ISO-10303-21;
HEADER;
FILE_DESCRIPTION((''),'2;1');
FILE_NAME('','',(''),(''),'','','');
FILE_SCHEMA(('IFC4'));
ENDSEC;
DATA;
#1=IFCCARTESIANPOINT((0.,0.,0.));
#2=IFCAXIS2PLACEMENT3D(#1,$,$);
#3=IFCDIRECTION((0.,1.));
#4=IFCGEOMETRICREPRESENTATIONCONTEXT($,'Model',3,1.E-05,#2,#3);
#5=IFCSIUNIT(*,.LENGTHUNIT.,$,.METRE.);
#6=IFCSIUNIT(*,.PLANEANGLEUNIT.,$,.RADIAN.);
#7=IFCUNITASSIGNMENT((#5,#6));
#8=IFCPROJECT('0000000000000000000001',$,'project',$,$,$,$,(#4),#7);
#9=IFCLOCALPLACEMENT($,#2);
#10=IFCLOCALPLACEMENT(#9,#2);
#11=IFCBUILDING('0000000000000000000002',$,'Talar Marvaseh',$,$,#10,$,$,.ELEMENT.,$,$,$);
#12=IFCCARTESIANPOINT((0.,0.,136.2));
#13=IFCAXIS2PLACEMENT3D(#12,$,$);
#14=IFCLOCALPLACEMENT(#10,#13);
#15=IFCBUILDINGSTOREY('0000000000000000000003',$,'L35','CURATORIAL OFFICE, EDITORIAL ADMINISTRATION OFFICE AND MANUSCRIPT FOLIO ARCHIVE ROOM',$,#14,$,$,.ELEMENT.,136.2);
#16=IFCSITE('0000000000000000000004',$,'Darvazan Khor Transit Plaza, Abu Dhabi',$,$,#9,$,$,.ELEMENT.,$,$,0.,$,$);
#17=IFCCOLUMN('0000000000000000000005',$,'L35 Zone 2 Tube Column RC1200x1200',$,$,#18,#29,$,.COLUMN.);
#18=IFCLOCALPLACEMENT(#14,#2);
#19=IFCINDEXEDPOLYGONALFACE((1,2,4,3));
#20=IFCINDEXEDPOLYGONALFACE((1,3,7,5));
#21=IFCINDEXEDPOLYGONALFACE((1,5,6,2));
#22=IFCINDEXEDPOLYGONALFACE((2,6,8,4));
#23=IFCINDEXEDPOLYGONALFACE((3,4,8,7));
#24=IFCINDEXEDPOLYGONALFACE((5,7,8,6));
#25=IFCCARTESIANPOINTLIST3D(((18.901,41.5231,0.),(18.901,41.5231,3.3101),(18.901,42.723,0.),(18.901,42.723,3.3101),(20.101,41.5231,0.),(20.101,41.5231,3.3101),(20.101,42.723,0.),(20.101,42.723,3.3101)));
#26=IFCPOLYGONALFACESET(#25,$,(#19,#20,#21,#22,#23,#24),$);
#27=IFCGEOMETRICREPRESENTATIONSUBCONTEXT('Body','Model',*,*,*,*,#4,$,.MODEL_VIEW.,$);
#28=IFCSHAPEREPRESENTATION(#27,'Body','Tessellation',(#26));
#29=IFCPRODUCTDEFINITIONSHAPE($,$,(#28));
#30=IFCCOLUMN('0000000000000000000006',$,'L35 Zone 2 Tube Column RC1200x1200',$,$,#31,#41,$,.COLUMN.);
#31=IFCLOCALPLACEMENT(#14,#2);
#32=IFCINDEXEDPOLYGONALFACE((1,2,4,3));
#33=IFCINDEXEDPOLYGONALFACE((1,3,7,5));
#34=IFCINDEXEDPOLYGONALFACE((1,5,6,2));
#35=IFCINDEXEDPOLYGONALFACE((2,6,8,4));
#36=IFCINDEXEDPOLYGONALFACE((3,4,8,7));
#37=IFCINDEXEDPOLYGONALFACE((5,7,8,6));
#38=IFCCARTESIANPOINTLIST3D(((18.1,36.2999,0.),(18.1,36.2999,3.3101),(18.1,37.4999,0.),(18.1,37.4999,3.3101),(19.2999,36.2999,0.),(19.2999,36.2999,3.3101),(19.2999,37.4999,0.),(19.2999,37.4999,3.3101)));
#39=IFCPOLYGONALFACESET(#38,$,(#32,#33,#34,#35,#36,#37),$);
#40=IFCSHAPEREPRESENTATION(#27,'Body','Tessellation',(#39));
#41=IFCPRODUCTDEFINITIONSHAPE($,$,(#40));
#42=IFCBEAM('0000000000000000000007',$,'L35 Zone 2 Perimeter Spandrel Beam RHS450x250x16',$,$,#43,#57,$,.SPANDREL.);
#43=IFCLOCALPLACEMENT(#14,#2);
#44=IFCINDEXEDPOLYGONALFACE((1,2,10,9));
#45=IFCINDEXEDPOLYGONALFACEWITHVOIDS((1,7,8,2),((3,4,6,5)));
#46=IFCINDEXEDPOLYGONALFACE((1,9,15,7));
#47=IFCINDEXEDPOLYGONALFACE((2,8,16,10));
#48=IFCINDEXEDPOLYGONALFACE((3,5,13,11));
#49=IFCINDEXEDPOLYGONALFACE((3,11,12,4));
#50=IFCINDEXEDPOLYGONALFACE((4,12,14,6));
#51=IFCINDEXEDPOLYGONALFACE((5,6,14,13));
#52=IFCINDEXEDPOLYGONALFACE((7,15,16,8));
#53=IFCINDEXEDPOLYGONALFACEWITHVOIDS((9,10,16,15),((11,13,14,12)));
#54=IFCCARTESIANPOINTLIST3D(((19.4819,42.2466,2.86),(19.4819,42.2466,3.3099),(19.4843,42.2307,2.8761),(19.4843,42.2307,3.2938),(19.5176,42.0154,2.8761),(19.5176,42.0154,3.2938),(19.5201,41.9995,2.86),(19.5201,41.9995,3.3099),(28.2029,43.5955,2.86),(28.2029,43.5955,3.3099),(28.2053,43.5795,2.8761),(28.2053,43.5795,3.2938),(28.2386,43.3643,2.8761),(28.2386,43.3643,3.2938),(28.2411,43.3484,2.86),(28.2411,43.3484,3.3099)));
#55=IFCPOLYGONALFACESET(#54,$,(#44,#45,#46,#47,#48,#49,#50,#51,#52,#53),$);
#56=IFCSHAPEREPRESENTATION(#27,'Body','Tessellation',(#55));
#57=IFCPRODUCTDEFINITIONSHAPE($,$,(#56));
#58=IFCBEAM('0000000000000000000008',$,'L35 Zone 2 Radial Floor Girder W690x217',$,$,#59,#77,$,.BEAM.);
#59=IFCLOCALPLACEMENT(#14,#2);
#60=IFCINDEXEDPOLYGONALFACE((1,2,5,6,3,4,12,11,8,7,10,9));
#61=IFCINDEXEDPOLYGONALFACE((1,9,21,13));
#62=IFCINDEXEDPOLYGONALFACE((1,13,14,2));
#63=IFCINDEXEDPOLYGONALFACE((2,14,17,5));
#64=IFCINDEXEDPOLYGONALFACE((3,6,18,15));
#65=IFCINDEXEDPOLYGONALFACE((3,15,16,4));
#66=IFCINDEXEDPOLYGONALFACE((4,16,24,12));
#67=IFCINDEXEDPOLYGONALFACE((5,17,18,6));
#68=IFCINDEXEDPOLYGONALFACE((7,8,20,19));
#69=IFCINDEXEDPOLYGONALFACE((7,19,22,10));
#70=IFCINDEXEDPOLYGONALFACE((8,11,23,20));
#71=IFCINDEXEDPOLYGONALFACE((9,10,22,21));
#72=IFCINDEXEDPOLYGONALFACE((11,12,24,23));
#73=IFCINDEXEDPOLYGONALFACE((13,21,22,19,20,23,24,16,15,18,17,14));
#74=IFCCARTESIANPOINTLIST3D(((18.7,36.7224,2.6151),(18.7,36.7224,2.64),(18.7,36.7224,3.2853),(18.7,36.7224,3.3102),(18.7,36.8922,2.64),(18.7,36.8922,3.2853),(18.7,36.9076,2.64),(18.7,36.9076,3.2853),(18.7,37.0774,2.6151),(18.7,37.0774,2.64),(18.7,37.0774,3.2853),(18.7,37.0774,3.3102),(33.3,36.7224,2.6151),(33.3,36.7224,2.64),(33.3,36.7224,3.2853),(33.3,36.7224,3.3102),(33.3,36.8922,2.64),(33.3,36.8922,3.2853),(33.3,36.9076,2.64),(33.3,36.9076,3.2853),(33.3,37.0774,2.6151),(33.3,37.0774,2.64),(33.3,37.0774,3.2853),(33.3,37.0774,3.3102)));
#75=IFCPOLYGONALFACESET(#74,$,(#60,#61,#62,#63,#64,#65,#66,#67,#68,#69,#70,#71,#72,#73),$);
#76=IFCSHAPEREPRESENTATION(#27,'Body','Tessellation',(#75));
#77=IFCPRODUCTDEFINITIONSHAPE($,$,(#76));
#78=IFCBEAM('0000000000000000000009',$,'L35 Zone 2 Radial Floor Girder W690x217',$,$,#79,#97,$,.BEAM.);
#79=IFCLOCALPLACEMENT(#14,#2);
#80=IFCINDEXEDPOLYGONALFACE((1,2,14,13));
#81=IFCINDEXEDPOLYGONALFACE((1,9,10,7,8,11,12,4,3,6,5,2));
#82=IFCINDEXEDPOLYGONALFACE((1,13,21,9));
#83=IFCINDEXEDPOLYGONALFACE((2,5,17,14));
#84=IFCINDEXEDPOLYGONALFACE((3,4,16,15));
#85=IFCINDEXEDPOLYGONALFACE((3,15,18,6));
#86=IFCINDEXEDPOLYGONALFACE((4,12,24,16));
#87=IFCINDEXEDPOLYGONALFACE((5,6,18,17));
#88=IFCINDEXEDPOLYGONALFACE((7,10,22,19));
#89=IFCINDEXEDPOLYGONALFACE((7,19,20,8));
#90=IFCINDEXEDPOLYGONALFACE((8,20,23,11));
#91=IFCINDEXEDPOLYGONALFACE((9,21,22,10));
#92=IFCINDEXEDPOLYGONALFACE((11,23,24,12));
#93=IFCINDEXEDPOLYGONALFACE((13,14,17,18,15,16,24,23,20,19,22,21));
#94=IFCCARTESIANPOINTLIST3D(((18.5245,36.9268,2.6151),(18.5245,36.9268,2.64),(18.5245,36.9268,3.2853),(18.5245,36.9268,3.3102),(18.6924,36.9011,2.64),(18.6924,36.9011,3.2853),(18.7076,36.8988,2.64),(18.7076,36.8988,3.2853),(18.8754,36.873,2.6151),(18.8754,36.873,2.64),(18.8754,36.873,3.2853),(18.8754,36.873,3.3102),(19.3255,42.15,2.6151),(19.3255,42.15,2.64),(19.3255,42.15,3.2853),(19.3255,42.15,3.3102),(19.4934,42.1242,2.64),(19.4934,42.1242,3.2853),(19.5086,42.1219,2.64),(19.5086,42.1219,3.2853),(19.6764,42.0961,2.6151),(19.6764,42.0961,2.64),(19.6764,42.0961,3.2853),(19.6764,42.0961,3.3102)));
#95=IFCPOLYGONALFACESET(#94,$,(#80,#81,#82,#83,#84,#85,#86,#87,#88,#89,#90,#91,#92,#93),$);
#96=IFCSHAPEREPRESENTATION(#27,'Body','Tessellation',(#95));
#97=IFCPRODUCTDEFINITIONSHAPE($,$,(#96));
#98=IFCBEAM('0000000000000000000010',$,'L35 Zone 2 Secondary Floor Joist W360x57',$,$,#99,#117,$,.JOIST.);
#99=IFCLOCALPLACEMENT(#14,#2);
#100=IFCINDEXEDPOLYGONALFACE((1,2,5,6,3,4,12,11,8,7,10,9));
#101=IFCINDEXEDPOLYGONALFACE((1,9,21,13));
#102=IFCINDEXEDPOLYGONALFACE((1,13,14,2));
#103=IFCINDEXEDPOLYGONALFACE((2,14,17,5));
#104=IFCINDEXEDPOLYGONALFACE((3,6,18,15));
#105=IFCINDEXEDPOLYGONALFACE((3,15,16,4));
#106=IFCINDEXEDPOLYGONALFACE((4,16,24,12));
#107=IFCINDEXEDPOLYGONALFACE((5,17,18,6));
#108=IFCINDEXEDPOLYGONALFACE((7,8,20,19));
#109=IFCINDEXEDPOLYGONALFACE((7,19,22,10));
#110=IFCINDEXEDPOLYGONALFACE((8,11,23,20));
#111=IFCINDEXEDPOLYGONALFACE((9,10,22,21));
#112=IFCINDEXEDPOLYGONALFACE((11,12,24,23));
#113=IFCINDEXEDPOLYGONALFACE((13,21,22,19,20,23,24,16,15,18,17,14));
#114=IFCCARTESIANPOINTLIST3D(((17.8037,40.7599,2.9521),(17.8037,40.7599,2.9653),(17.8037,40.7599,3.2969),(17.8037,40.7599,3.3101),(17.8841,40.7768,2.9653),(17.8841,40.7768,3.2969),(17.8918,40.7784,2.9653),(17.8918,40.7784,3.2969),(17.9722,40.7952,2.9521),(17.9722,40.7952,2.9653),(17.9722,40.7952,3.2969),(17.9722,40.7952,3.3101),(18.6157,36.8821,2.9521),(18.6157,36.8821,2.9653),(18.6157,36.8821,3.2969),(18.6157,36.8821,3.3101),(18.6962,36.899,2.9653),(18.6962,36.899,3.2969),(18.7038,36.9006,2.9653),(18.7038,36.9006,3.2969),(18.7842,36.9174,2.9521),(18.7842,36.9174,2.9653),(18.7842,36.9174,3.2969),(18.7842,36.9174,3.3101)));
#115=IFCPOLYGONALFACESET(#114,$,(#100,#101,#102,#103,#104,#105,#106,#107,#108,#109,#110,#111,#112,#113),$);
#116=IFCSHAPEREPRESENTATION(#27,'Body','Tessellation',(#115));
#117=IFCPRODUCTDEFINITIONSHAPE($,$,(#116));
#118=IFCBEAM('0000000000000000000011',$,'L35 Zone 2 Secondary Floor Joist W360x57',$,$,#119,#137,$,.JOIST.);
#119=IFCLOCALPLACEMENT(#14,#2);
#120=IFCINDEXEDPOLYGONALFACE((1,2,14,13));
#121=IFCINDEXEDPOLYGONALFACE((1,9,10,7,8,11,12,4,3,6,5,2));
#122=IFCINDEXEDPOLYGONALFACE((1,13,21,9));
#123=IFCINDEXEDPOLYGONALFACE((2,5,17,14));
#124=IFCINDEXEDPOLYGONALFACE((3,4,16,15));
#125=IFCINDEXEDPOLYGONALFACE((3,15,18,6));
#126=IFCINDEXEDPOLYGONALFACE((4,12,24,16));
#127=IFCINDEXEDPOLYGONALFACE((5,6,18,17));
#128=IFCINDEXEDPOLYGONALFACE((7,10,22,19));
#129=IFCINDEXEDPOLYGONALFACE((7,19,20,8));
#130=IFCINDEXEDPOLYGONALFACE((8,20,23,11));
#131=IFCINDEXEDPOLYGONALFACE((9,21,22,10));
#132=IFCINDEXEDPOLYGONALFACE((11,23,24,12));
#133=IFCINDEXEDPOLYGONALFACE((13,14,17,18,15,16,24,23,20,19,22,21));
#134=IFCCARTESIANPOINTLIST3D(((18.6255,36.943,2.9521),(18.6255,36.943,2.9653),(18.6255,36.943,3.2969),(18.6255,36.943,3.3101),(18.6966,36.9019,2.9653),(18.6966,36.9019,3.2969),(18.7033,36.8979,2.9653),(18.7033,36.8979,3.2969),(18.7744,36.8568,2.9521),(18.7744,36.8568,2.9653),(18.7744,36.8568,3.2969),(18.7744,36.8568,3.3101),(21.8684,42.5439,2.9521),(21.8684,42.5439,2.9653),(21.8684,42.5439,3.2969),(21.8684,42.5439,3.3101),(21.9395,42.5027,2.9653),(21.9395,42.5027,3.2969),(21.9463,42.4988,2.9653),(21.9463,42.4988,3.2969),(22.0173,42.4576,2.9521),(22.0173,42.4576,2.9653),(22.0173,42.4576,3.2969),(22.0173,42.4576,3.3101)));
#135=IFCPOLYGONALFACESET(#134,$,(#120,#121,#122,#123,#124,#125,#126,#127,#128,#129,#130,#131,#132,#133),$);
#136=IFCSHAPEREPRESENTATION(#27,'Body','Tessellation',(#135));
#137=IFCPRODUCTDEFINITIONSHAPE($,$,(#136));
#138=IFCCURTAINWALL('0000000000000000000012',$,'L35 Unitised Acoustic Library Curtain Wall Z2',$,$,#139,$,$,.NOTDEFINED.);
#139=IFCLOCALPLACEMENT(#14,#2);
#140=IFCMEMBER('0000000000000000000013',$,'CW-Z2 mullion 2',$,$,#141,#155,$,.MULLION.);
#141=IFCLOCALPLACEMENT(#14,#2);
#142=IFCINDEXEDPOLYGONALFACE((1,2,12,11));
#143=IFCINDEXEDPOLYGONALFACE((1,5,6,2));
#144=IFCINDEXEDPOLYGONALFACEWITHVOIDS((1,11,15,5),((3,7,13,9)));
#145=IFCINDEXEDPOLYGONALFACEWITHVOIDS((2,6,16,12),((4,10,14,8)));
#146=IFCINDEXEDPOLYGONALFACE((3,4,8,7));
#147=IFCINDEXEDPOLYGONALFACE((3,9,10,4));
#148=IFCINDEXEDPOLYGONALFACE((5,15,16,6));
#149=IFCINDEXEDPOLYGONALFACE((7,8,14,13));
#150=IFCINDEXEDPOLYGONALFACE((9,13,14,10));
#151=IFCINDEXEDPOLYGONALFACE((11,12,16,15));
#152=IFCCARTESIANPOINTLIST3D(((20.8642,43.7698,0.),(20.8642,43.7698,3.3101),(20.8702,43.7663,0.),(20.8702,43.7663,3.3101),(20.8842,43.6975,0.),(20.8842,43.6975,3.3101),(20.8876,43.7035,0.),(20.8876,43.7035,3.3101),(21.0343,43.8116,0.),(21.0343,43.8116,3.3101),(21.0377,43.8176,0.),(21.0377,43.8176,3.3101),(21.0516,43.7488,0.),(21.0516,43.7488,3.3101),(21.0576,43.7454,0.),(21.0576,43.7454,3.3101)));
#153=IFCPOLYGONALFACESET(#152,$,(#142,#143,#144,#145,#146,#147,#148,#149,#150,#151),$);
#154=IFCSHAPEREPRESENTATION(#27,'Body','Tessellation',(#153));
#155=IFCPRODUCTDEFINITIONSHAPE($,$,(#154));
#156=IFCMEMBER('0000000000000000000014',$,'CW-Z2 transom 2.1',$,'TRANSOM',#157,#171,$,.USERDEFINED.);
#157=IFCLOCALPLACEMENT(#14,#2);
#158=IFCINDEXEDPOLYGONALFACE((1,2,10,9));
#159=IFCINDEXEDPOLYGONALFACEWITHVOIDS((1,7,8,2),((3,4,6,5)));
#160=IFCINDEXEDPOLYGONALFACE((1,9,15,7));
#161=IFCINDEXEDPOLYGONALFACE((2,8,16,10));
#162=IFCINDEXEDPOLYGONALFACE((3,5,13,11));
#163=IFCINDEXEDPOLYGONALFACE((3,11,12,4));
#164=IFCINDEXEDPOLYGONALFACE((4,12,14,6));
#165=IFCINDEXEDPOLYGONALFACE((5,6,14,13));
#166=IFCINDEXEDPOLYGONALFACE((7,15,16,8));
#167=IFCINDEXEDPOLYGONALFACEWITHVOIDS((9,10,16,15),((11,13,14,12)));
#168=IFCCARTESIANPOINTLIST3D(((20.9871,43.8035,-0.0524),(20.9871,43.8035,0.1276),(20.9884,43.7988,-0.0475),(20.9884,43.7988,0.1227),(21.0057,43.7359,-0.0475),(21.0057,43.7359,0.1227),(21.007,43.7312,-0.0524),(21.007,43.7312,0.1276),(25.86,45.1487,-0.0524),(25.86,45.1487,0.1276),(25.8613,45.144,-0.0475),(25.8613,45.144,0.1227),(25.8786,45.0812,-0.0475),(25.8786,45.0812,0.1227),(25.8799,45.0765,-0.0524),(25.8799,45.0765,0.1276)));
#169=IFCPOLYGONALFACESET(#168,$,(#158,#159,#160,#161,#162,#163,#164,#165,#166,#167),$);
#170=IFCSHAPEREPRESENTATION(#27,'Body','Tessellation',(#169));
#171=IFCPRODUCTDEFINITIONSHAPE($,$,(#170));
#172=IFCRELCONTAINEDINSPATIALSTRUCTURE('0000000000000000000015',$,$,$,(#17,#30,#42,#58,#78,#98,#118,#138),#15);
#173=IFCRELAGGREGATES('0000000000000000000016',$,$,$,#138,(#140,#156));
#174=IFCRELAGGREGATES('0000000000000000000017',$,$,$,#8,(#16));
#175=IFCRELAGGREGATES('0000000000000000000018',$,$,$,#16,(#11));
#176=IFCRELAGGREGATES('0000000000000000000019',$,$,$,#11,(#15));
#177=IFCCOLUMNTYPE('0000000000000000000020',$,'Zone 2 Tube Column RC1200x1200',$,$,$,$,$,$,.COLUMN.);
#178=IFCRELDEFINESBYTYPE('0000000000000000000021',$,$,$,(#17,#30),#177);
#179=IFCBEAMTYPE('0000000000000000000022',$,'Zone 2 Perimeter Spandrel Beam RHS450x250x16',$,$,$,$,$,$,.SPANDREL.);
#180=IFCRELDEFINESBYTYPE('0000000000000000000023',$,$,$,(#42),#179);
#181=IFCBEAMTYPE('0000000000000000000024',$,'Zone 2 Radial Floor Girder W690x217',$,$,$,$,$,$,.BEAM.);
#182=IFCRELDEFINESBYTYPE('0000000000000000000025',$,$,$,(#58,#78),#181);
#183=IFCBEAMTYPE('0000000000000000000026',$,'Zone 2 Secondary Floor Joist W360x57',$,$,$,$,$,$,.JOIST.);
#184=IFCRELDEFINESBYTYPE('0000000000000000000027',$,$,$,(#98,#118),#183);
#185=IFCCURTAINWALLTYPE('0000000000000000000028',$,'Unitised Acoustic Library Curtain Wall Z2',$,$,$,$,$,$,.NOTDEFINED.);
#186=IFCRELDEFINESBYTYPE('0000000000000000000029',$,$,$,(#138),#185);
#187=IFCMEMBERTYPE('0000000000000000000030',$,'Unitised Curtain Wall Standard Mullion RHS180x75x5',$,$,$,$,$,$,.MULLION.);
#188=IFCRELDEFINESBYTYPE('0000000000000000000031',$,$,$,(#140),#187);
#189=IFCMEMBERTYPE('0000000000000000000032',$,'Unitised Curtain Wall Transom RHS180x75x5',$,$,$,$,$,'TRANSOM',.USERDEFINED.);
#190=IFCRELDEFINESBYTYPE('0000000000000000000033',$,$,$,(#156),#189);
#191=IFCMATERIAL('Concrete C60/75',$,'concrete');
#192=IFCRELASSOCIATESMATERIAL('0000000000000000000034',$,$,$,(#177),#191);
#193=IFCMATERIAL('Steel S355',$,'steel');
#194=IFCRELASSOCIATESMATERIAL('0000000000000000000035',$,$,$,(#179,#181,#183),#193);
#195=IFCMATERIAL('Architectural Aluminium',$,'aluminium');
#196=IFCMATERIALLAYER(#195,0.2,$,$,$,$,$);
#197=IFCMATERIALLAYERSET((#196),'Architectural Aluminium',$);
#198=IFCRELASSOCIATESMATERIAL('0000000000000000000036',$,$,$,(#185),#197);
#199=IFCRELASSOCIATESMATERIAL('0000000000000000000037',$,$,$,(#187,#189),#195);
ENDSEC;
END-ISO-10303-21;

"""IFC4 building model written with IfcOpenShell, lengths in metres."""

from ifc_helpers import new_model, si_unit, direction, frame, origin, origin_2d, place, context, subcontext, project, spatial, rectangle, hollow_rectangle, i_section, extrude, source, transform, mapped, material, layer, layer_set, material_profile, profile_set, type_object, type_shapes, element, aggregate, save


model = new_model("IFC4")

# Units and contexts
model_context = context("Model", 3, precision=1e-05, world=origin(), true_north=direction((0.0, 1.0)))
body_context = subcontext(model_context, "Body", "Model", "MODEL_VIEW")
ifc_project = project(units=[si_unit("LENGTHUNIT", "METRE"), si_unit("PLANEANGLEUNIT", "RADIAN")], contexts=[model_context])

# Site, building, storey
site_placement = place(None, origin())
site = spatial("IfcSite", under=ifc_project, at=site_placement, Name="Darvazan Khor Transit Plaza, Abu Dhabi", CompositionType="ELEMENT", RefElevation=0.0)
building_placement = place(site_placement, origin())
building = spatial("IfcBuilding", under=site, at=building_placement, Name="Talar Marvaseh", CompositionType="ELEMENT")
storey_placement = place(building_placement, frame((0.0, 0.0, 136.2)))
storey = spatial("IfcBuildingStorey", under=building, at=storey_placement, Name="L35", Description="CURATORIAL OFFICE, EDITORIAL ADMINISTRATION OFFICE AND MANUSCRIPT FOLIO ARCHIVE ROOM", CompositionType="ELEMENT", Elevation=136.2)

# Columns
ifc_material_1 = material(Name="Concrete C60/75", Category="concrete")
ifc_material_profile_1 = material_profile(ifc_material_1, rectangle(XDim=1.2, YDim=1.2, at=origin_2d()), Name="RC1200x1200")
ifc_profile_set_1 = profile_set([ifc_material_profile_1], Name="Concrete C60/75")
column_type = type_object("IfcColumnType", Name="Zone 2 Tube Column RC1200x1200", PredefinedType="COLUMN", material=ifc_profile_set_1)
for number, where, z_axis, x_axis, name in (
    (1, (19.501, 42.123, 0.0), (0.0, 0.0, 1.0), (1.0, 0.0, 0.0), "L35 Zone 2 Tube Column RC1200x1200"),
    (2, (18.7, 36.8999, 0.0), (0.0, 0.0, 1.0), (1.0, 0.0, 0.0), "L35 Zone 2 Tube Column RC1200x1200"),
):
    element("IfcColumn", number, at=place(storey_placement, frame(where, z_axis=z_axis, x_axis=x_axis)), inside=storey, type_object=column_type, Name=name, PredefinedType="COLUMN", context=body_context, shape_type="SweptSolid", body=[
        extrude(rectangle(XDim=1.2, YDim=1.2, at=origin_2d()), origin(), (0.0, 0.0, 1.0), 3.3101),
    ])

# Beams
ifc_material_2 = material(Name="Steel S355", Category="steel")
ifc_material_profile_2 = material_profile(ifc_material_2, hollow_rectangle(XDim=0.25, YDim=0.45, WallThickness=0.0161, at=origin_2d()), Name="RHS450x250x16")
ifc_profile_set_2 = profile_set([ifc_material_profile_2], Name="Steel S355")
beam_type_1 = type_object("IfcBeamType", Name="Zone 2 Perimeter Spandrel Beam RHS450x250x16", PredefinedType="SPANDREL", material=ifc_profile_set_2)
beam_1_placement = place(storey_placement, frame((19.501, 42.123, 3.085), z_axis=(0.988249, 0.152853, 0.0), x_axis=(-0.152853, 0.988249, 0.0)))
element("IfcBeam", 3, at=beam_1_placement, inside=storey, type_object=beam_type_1, Name="L35 Zone 2 Perimeter Spandrel Beam RHS450x250x16", PredefinedType="SPANDREL", context=body_context, shape_type="SweptSolid", body=[
    extrude(hollow_rectangle(XDim=0.25, YDim=0.45, WallThickness=0.0161, at=origin_2d()), origin(), (0.0, 0.0, 1.0), 8.8247),
])
ifc_material_profile_3 = material_profile(ifc_material_2, i_section(OverallWidth=0.355, OverallDepth=0.6951, WebThickness=0.0154, FlangeThickness=0.0249, at=origin_2d()), Name="W690x217")
ifc_profile_set_3 = profile_set([ifc_material_profile_3], Name="Steel S355")
beam_type_2 = type_object("IfcBeamType", Name="Zone 2 Radial Floor Girder W690x217", PredefinedType="BEAM", material=ifc_profile_set_3)
beam_2_placement = place(storey_placement, frame((18.7, 36.8999, 2.9626), z_axis=(1.0, 0.0, 0.0), x_axis=(0.0, 1.0, 0.0)))
element("IfcBeam", 4, at=beam_2_placement, inside=storey, type_object=beam_type_2, Name="L35 Zone 2 Radial Floor Girder W690x217", PredefinedType="BEAM", context=body_context, shape_type="SweptSolid", body=[
    extrude(i_section(OverallWidth=0.355, OverallDepth=0.6951, WebThickness=0.0154, FlangeThickness=0.0249, at=origin_2d()), origin(), (0.0, 0.0, 1.0), 14.6001),
])
beam_3_placement = place(storey_placement, frame((19.501, 42.123, 2.9626), z_axis=(-0.151588, -0.988444, 0.0), x_axis=(0.988444, -0.151588, 0.0)))
element("IfcBeam", 5, at=beam_3_placement, inside=storey, type_object=beam_type_2, Name="L35 Zone 2 Radial Floor Girder W690x217", PredefinedType="BEAM", context=body_context, shape_type="SweptSolid", body=[
    extrude(i_section(OverallWidth=0.355, OverallDepth=0.6951, WebThickness=0.0154, FlangeThickness=0.0249, at=origin_2d()), origin(), (0.0, 0.0, 1.0), 5.2842),
])
ifc_material_profile_4 = material_profile(ifc_material_2, i_section(OverallWidth=0.1721, OverallDepth=0.3579, WebThickness=0.0078, FlangeThickness=0.0132, at=origin_2d()), Name="W360x57")
ifc_profile_set_4 = profile_set([ifc_material_profile_4], Name="Steel S355")
beam_type_3 = type_object("IfcBeamType", Name="Zone 2 Secondary Floor Joist W360x57", PredefinedType="JOIST", material=ifc_profile_set_4)
beam_4_placement = place(storey_placement, frame((17.8879, 40.7776, 3.1311), z_axis=(0.204961, -0.97877, 0.0), x_axis=(0.97877, 0.204961, 0.0)))
element("IfcBeam", 6, at=beam_4_placement, inside=storey, type_object=beam_type_3, Name="L35 Zone 2 Secondary Floor Joist W360x57", PredefinedType="JOIST", context=body_context, shape_type="SweptSolid", body=[
    extrude(i_section(OverallWidth=0.1721, OverallDepth=0.3579, WebThickness=0.0078, FlangeThickness=0.0132, at=origin_2d()), origin(), (0.0, 0.0, 1.0), 3.9619),
])
beam_5_placement = place(storey_placement, frame((21.9429, 42.5007, 3.1311), z_axis=(-0.501075, -0.865404, 0.0), x_axis=(0.865404, -0.501075, 0.0)))
element("IfcBeam", 7, at=beam_5_placement, inside=storey, type_object=beam_type_3, Name="L35 Zone 2 Secondary Floor Joist W360x57", PredefinedType="JOIST", context=body_context, shape_type="SweptSolid", body=[
    extrude(i_section(OverallWidth=0.1721, OverallDepth=0.3579, WebThickness=0.0078, FlangeThickness=0.0132, at=origin_2d()), origin(), (0.0, 0.0, 1.0), 6.4719),
])

# Curtain wall, members
ifc_material_3 = material(Name="Architectural Aluminium", Category="aluminium")
ifc_layer_1 = layer(ifc_material_3, 0.2)
ifc_layer_set_1 = layer_set([ifc_layer_1], Name="Architectural Aluminium")
curtain_wall_type = type_object("IfcCurtainWallType", Name="Unitised Acoustic Library Curtain Wall Z2", PredefinedType="NOTDEFINED", material=ifc_layer_set_1)
curtain_wall_placement = place(storey_placement, origin())
curtain_wall = element("IfcCurtainWall", 8, at=curtain_wall_placement, inside=storey, type_object=curtain_wall_type, Name="L35 Unitised Acoustic Library Curtain Wall Z2", PredefinedType="NOTDEFINED")
ifc_material_profile_5 = material_profile(ifc_material_3, hollow_rectangle(XDim=0.075, YDim=0.1799, WallThickness=0.0049, at=origin_2d()), Name="RHS180x75x5")
ifc_profile_set_5 = profile_set([ifc_material_profile_5], Name="Architectural Aluminium")
member_type_1 = type_object("IfcMemberType", Name="Unitised Curtain Wall Standard Mullion RHS180x75x5", PredefinedType="MULLION", material=ifc_profile_set_5)
shared_shape_1 = source(origin(), body_context, "Body", "SweptSolid", [
    extrude(hollow_rectangle(XDim=0.075, YDim=0.1799, WallThickness=0.0049, at=origin_2d()), origin(), (0.0, 0.0, 1.0), 3.3101),
])
type_shapes(member_type_1, [shared_shape_1])
member_1_placement = place(storey_placement, frame((20.9609, 43.7576, 0.0), z_axis=(0.0, 0.0, 1.0), x_axis=(-0.266092, 0.963948, 0.0)))
member_1 = element("IfcMember", 9, at=member_1_placement, type_object=member_type_1, Name="CW-Z2 mullion 2", PredefinedType="MULLION", context=body_context, shape_type="MappedRepresentation", body=[
    mapped(shared_shape_1, transform((0.0, 0.0, 0.0), x_axis=(1.0, 0.0, 0.0), y_axis=(0.0, 1.0, 0.0), z_axis=(0.0, 0.0, 1.0), scale=1.0)),
])
ifc_material_profile_6 = material_profile(ifc_material_3, hollow_rectangle(XDim=0.075, YDim=0.1799, WallThickness=0.0049, at=origin_2d()), Name="RHS180x75x5")
ifc_profile_set_6 = profile_set([ifc_material_profile_6], Name="Architectural Aluminium")
member_type_2 = type_object("IfcMemberType", Name="Unitised Curtain Wall Transom RHS180x75x5", ElementType="TRANSOM", PredefinedType="USERDEFINED", material=ifc_profile_set_6)
shared_shape_2 = source(origin(), body_context, "Body", "SweptSolid", [
    extrude(hollow_rectangle(XDim=0.075, YDim=0.1799, WallThickness=0.0049, at=origin_2d()), origin(), (0.0, 0.0, 1.0), 5.0552),
])
type_shapes(member_type_2, [shared_shape_2])
member_2_placement = place(storey_placement, frame((20.9971, 43.7673, 0.0376), z_axis=(0.963942, 0.266112, 0.0), x_axis=(-0.266112, 0.963942, 0.0)))
member_2 = element("IfcMember", 10, at=member_2_placement, type_object=member_type_2, Name="CW-Z2 transom 2.1", ObjectType="TRANSOM", PredefinedType="USERDEFINED", context=body_context, shape_type="MappedRepresentation", body=[
    mapped(shared_shape_2, transform((0.0, 0.0, 0.0), x_axis=(1.0, 0.0, 0.0), y_axis=(0.0, 1.0, 0.0), z_axis=(0.0, 0.0, 1.0), scale=1.0)),
])
aggregate(curtain_wall, [member_1, member_2])

save(model, "model.ifc")
